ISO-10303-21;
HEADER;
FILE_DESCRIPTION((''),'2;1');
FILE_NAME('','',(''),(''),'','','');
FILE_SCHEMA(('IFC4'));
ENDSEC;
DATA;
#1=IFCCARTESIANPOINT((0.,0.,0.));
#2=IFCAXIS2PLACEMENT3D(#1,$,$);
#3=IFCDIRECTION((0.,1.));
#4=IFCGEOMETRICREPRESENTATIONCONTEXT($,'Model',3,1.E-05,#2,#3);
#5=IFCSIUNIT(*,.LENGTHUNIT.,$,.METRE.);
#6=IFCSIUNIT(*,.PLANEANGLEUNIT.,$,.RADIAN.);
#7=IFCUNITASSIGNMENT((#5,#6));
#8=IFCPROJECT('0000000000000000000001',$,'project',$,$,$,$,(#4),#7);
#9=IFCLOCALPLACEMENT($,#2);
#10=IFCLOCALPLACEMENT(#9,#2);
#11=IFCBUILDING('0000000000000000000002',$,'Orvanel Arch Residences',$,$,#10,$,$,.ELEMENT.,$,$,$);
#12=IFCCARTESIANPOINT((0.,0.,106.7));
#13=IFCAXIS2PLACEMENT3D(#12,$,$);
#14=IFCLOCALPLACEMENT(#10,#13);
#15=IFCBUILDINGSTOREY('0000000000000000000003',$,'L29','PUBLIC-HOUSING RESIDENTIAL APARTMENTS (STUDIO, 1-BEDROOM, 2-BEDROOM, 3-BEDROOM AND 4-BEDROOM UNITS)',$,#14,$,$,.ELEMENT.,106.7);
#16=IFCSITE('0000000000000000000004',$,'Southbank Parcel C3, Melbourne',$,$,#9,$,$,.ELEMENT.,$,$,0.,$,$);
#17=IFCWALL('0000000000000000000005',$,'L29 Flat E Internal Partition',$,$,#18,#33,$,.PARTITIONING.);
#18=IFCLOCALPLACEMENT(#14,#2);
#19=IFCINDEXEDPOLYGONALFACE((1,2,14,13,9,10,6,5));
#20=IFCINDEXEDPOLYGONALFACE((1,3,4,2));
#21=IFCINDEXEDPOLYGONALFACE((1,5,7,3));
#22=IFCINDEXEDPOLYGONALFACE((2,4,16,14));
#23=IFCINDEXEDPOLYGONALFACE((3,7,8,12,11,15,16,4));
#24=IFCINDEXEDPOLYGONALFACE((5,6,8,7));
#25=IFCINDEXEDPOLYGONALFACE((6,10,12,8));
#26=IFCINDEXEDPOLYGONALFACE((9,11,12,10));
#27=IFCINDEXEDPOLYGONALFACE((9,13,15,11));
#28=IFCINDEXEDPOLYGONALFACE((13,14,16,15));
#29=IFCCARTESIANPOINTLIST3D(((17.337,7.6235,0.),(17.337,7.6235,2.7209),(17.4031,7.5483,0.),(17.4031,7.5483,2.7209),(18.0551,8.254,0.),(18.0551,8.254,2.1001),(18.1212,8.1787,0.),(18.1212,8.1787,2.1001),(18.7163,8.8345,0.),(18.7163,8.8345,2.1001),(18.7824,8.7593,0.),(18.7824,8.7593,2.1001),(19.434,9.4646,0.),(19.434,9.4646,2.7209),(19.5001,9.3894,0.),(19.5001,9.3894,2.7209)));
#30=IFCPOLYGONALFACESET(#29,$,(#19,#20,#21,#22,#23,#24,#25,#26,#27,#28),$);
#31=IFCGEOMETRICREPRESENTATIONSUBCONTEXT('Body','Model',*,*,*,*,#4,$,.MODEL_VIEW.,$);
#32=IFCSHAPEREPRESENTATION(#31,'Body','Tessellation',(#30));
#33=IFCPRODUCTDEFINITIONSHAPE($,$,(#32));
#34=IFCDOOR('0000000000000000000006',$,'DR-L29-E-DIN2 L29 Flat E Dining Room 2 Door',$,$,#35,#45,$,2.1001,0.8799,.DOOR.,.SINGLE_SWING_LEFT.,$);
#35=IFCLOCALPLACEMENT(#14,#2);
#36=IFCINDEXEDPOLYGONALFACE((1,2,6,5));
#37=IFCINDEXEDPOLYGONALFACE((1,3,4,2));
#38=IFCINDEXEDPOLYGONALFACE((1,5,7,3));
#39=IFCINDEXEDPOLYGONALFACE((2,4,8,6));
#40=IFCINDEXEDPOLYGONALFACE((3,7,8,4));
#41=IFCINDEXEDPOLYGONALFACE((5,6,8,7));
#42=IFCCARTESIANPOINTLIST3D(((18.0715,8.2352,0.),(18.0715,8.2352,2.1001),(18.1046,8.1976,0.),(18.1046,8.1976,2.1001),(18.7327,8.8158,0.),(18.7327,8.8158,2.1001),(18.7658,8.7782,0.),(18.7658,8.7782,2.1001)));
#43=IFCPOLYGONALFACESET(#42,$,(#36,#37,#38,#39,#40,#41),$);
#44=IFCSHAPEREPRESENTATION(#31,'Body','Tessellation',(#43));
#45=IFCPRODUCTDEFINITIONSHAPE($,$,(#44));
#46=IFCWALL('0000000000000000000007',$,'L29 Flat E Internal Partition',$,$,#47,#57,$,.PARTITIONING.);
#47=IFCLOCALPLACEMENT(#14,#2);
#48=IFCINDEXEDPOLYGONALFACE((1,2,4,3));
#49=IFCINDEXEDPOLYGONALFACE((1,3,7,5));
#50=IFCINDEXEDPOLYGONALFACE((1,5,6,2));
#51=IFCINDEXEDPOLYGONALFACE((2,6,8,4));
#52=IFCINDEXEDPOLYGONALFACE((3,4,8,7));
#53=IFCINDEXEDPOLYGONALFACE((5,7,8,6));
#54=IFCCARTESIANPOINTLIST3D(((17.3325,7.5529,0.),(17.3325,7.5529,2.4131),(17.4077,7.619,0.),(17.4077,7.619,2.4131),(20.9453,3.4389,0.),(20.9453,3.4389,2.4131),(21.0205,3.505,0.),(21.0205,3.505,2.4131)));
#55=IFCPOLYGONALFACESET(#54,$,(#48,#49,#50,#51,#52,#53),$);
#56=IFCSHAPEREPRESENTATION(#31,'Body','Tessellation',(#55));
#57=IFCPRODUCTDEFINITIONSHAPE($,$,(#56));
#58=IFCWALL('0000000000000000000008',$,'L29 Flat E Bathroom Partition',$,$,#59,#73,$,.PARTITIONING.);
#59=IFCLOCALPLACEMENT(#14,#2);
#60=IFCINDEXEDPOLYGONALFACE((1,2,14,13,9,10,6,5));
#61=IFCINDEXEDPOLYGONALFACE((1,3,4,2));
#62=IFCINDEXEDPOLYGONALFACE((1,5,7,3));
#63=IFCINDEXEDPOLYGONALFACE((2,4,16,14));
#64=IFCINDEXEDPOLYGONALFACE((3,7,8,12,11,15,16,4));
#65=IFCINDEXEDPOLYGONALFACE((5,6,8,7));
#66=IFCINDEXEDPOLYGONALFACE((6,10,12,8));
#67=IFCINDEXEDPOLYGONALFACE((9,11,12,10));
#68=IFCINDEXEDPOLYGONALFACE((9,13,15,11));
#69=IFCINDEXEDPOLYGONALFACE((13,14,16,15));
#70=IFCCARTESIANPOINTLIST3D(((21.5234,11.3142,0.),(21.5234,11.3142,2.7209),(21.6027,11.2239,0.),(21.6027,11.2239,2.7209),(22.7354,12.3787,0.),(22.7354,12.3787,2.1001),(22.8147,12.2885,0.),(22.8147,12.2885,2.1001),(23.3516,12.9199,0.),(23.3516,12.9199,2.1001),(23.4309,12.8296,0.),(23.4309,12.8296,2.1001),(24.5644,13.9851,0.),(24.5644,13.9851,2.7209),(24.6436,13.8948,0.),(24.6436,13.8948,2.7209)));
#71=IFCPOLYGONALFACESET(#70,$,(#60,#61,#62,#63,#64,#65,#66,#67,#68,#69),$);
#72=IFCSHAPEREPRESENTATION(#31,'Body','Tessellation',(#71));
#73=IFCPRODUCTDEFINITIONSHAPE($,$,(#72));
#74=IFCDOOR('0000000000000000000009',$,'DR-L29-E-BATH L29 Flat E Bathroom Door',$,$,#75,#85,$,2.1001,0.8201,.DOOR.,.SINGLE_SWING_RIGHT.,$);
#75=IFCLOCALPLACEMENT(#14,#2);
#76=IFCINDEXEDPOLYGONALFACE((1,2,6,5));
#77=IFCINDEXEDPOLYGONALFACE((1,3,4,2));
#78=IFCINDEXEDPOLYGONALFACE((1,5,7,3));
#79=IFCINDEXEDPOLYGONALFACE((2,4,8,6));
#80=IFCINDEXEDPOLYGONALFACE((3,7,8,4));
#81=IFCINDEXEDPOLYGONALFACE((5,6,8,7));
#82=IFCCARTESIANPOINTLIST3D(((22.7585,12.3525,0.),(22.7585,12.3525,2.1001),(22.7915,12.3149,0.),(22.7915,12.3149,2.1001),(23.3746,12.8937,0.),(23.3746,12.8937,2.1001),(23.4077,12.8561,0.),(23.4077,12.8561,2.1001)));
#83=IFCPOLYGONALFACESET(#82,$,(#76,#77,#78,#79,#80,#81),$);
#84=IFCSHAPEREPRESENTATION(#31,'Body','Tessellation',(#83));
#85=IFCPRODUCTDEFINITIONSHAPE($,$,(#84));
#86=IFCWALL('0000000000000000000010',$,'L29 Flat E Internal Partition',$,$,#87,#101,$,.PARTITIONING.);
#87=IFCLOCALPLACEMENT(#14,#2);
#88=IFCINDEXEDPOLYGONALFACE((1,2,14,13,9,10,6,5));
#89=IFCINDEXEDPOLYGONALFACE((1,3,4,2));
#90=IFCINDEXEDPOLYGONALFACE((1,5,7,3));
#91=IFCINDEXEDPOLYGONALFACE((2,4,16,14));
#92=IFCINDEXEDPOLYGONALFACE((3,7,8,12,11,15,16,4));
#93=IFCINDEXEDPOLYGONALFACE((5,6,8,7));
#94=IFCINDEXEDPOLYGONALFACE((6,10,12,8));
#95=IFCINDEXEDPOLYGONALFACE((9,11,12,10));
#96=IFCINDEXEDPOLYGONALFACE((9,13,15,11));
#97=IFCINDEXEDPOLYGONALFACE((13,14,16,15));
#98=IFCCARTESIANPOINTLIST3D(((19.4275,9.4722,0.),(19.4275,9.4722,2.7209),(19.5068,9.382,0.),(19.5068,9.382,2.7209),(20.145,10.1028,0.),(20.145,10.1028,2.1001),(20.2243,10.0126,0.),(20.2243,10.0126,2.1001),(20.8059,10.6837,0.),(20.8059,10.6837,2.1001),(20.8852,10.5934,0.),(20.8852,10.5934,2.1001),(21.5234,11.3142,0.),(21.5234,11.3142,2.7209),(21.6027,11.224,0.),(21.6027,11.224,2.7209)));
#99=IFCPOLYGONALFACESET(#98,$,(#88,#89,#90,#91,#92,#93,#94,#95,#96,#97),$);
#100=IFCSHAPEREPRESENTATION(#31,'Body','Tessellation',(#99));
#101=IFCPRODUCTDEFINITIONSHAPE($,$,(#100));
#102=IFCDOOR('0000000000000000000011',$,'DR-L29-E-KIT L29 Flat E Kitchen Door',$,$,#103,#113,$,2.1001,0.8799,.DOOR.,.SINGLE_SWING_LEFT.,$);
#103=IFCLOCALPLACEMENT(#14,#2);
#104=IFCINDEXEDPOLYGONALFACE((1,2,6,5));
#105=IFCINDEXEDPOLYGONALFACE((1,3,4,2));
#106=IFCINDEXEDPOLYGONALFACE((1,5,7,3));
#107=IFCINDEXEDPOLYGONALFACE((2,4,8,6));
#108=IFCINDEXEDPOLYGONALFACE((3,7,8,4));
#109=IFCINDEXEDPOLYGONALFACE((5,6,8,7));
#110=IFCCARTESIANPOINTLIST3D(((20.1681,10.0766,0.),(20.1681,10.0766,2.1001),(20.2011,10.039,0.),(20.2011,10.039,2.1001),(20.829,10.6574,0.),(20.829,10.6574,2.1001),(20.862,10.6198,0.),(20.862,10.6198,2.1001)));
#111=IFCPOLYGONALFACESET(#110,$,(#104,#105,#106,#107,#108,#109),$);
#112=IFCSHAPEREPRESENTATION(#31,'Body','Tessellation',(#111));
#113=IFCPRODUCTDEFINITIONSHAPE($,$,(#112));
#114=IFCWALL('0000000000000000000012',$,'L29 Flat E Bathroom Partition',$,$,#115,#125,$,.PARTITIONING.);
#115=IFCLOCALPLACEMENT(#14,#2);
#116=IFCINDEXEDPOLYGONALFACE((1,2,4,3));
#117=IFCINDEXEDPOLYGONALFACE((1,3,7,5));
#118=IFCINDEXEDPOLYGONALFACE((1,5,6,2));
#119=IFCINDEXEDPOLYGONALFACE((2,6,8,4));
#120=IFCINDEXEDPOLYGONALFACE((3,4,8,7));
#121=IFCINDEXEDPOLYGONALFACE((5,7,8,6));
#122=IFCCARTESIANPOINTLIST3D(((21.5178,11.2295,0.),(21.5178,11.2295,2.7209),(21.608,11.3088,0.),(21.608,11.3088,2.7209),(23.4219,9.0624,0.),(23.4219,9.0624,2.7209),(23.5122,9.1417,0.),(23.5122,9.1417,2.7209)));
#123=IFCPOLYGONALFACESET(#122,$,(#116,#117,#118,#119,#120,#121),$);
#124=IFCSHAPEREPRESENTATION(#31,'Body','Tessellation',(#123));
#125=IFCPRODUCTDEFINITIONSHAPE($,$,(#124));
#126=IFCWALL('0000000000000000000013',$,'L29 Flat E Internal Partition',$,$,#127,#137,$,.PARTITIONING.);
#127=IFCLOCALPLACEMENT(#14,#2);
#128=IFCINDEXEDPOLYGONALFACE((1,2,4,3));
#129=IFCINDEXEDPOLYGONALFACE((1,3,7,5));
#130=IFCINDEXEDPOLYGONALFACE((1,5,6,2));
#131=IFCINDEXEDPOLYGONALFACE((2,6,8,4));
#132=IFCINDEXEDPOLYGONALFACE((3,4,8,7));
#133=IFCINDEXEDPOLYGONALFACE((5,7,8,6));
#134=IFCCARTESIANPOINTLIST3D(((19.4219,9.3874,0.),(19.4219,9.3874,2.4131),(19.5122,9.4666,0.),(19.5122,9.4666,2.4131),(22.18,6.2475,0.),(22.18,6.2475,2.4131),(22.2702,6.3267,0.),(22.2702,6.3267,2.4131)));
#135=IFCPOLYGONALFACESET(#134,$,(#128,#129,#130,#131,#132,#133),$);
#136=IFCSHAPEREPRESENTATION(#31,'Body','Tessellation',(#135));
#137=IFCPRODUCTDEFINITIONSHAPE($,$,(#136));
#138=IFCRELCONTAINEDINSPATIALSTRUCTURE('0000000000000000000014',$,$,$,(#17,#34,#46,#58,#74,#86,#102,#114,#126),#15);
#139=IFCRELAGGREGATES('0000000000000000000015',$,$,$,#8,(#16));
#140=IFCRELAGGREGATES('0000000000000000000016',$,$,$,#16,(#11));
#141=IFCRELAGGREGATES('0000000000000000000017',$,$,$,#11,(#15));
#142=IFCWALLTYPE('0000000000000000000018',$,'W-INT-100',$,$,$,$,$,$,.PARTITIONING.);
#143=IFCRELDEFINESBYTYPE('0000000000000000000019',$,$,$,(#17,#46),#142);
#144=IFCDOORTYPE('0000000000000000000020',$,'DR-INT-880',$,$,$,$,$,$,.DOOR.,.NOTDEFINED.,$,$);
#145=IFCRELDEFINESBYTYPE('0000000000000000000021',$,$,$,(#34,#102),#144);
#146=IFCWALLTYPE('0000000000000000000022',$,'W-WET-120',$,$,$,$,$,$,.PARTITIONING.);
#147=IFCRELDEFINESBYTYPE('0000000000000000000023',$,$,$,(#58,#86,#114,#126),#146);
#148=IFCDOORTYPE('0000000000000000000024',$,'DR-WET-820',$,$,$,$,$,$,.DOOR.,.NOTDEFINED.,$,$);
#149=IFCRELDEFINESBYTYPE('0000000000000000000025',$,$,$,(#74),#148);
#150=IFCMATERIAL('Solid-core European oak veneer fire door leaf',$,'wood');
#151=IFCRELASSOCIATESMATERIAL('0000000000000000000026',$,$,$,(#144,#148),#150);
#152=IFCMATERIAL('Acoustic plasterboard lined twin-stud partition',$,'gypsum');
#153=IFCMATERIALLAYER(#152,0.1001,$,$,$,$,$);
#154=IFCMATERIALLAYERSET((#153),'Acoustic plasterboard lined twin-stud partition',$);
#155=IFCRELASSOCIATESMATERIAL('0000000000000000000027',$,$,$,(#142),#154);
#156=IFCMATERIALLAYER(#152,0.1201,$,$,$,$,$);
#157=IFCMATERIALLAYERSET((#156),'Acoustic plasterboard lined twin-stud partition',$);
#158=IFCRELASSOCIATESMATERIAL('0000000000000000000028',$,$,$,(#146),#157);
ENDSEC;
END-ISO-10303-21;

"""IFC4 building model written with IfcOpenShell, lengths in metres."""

from ifc_helpers import new_model, si_unit, direction, frame, frame_2d, origin, place, context, subcontext, project, spatial, rectangle, extrude, material, layer, layer_set, type_object, element, fill, save


model = new_model("IFC4")

# Units and contexts
model_context = context("Model", 3, precision=1e-05, world=origin(), true_north=direction((0.0, 1.0)))
body_context = subcontext(model_context, "Body", "Model", "MODEL_VIEW")
ifc_project = project(units=[si_unit("LENGTHUNIT", "METRE"), si_unit("PLANEANGLEUNIT", "RADIAN")], contexts=[model_context])

# Site, building, storey
site_placement = place(None, origin())
site = spatial("IfcSite", under=ifc_project, at=site_placement, Name="Southbank Parcel C3, Melbourne", CompositionType="ELEMENT", RefElevation=0.0)
building_placement = place(site_placement, origin())
building = spatial("IfcBuilding", under=site, at=building_placement, Name="Orvanel Arch Residences", CompositionType="ELEMENT")
storey_placement = place(building_placement, frame((0.0, 0.0, 106.7)))
storey = spatial("IfcBuildingStorey", under=building, at=storey_placement, Name="L29", Description="PUBLIC-HOUSING RESIDENTIAL APARTMENTS (STUDIO, 1-BEDROOM, 2-BEDROOM, 3-BEDROOM AND 4-BEDROOM UNITS)", CompositionType="ELEMENT", Elevation=106.7)

# Shared definitions
ifc_material_1 = material(Name="Solid-core European oak veneer fire door leaf", Category="wood")
door_type_1 = type_object("IfcDoorType", Name="DR-INT-880", OperationType="NOTDEFINED", PredefinedType="DOOR", material=ifc_material_1)

# Wall, opening, door
ifc_material_2 = material(Name="Acoustic plasterboard lined twin-stud partition", Category="gypsum")
ifc_layer_1 = layer(ifc_material_2, 0.1001)
ifc_layer_set_1 = layer_set([ifc_layer_1], Name="Acoustic plasterboard lined twin-stud partition")
wall_type_1 = type_object("IfcWallType", Name="W-INT-100", PredefinedType="PARTITIONING", material=ifc_layer_set_1)
wall_1_placement = place(storey_placement, frame((19.467, 9.427, 0.0), z_axis=(0.0, 0.0, 1.0), x_axis=(-0.751465, -0.659773, 0.0)))
wall_1 = element("IfcWall", 1, at=wall_1_placement, inside=storey, type_object=wall_type_1, Name="L29 Flat E Internal Partition", PredefinedType="PARTITIONING", context=body_context, shape_type="SweptSolid", body=[
    extrude(rectangle(XDim=2.7905, YDim=0.1001, at=frame_2d((1.3953, 0.0))), origin(), (0.0, 0.0, 1.0), 2.7209),
])
opening_1_placement = place(wall_1_placement, frame((0.9551, 0.0, 0.0)))
opening_1 = element("IfcOpeningElement", 2, at=opening_1_placement, cuts=wall_1, PredefinedType="OPENING", context=body_context, shape_type="SweptSolid", body=[
    extrude(rectangle(XDim=0.8799, YDim=2.1001, at=frame_2d((0.4399, 1.05))), frame((0.0, 0.0601, 0.0), z_axis=(0.0, -1.0, 0.0), x_axis=(1.0, 0.0, 0.0)), (0.0, 0.0, 1.0), 0.1201),
])
door_1_placement = place(opening_1_placement, origin())
door_1 = element("IfcDoor", 3, at=door_1_placement, inside=storey, type_object=door_type_1, Name="DR-L29-E-DIN2 L29 Flat E Dining Room 2 Door", OperationType="SINGLE_SWING_LEFT", OverallHeight=2.1001, OverallWidth=0.8799, PredefinedType="DOOR", context=body_context, shape_type="SweptSolid", body=[
    extrude(rectangle(XDim=0.8799, YDim=2.1001, at=frame_2d((0.4399, 1.05))), frame((0.0, 0.0249, 0.0), z_axis=(0.0, -1.0, 0.0), x_axis=(1.0, 0.0, 0.0)), (0.0, 0.0, 1.0), 0.05),
])
fill(opening_1, door_1)

# Wall
wall_2_placement = place(storey_placement, frame((17.3701, 7.5859, 0.0), z_axis=(0.0, 0.0, 1.0), x_axis=(0.659852, -0.751396, 0.0)))
element("IfcWall", 4, at=wall_2_placement, inside=storey, type_object=wall_type_1, Name="L29 Flat E Internal Partition", PredefinedType="PARTITIONING", context=body_context, shape_type="SweptSolid", body=[
    extrude(rectangle(XDim=5.4751, YDim=0.1001, at=frame_2d((2.7375, 0.0))), origin(), (0.0, 0.0, 1.0), 2.4131),
])

# Walls, openings, doors
ifc_layer_2 = layer(ifc_material_2, 0.1201)
ifc_layer_set_2 = layer_set([ifc_layer_2], Name="Acoustic plasterboard lined twin-stud partition")
wall_type_2 = type_object("IfcWallType", Name="W-WET-120", PredefinedType="PARTITIONING", material=ifc_layer_set_2)
wall_3_placement = place(storey_placement, frame((24.604, 13.9399, 0.0), z_axis=(0.0, 0.0, 1.0), x_axis=(-0.75135, -0.659904, 0.0)))
wall_3 = element("IfcWall", 5, at=wall_3_placement, inside=storey, type_object=wall_type_2, Name="L29 Flat E Bathroom Partition", PredefinedType="PARTITIONING", context=body_context, shape_type="SweptSolid", body=[
    extrude(rectangle(XDim=4.0474, YDim=0.1201, at=frame_2d((2.0237, 0.0))), origin(), (0.0, 0.0, 1.0), 2.7209),
])
opening_2_placement = place(wall_3_placement, frame((1.614, 0.0, 0.0)))
opening_2 = element("IfcOpeningElement", 6, at=opening_2_placement, cuts=wall_3, PredefinedType="OPENING", context=body_context, shape_type="SweptSolid", body=[
    extrude(rectangle(XDim=0.8201, YDim=2.1001, at=frame_2d((0.4102, 1.05))), frame((0.0, 0.0701, 0.0), z_axis=(0.0, -1.0, 0.0), x_axis=(1.0, 0.0, 0.0)), (0.0, 0.0, 1.0), 0.1401),
])
door_type_2 = type_object("IfcDoorType", Name="DR-WET-820", OperationType="NOTDEFINED", PredefinedType="DOOR", material=ifc_material_1)
door_2_placement = place(opening_2_placement, origin())
door_2 = element("IfcDoor", 7, at=door_2_placement, inside=storey, type_object=door_type_2, Name="DR-L29-E-BATH L29 Flat E Bathroom Door", OperationType="SINGLE_SWING_RIGHT", OverallHeight=2.1001, OverallWidth=0.8201, PredefinedType="DOOR", context=body_context, shape_type="SweptSolid", body=[
    extrude(rectangle(XDim=0.8201, YDim=2.1001, at=frame_2d((0.4102, 1.05))), frame((0.0, 0.0249, 0.0), z_axis=(0.0, -1.0, 0.0), x_axis=(1.0, 0.0, 0.0)), (0.0, 0.0, 1.0), 0.05),
])
fill(opening_2, door_2)
wall_4_placement = place(storey_placement, frame((21.563, 11.269, 0.0), z_axis=(0.0, 0.0, 1.0), x_axis=(-0.751139, -0.660145, 0.0)))
wall_4 = element("IfcWall", 8, at=wall_4_placement, inside=storey, type_object=wall_type_2, Name="L29 Flat E Internal Partition", PredefinedType="PARTITIONING", context=body_context, shape_type="SweptSolid", body=[
    extrude(rectangle(XDim=2.7903, YDim=0.1201, at=frame_2d((1.395, 0.0))), origin(), (0.0, 0.0, 1.0), 2.7209),
])
opening_3_placement = place(wall_4_placement, frame((0.9551, 0.0, 0.0)))
opening_3 = element("IfcOpeningElement", 9, at=opening_3_placement, cuts=wall_4, PredefinedType="OPENING", context=body_context, shape_type="SweptSolid", body=[
    extrude(rectangle(XDim=0.8799, YDim=2.1001, at=frame_2d((0.4399, 1.05))), frame((0.0, 0.0701, 0.0), z_axis=(0.0, -1.0, 0.0), x_axis=(1.0, 0.0, 0.0)), (0.0, 0.0, 1.0), 0.1401),
])
door_3_placement = place(opening_3_placement, origin())
door_3 = element("IfcDoor", 10, at=door_3_placement, inside=storey, type_object=door_type_1, Name="DR-L29-E-KIT L29 Flat E Kitchen Door", OperationType="SINGLE_SWING_LEFT", OverallHeight=2.1001, OverallWidth=0.8799, PredefinedType="DOOR", context=body_context, shape_type="SweptSolid", body=[
    extrude(rectangle(XDim=0.8799, YDim=2.1001, at=frame_2d((0.4399, 1.05))), frame((0.0, 0.0249, 0.0), z_axis=(0.0, -1.0, 0.0), x_axis=(1.0, 0.0, 0.0)), (0.0, 0.0, 1.0), 0.05),
])
fill(opening_3, door_3)

# Walls
wall_5_placement = place(storey_placement, frame((23.467, 9.1021, 0.0), z_axis=(0.0, 0.0, 1.0), x_axis=(-0.660061, 0.751212, 0.0)))
element("IfcWall", 11, at=wall_5_placement, inside=storey, type_object=wall_type_2, Name="L29 Flat E Bathroom Partition", PredefinedType="PARTITIONING", context=body_context, shape_type="SweptSolid", body=[
    extrude(rectangle(XDim=2.8848, YDim=0.1201, at=frame_2d((1.4424, 0.0))), origin(), (0.0, 0.0, 1.0), 2.7209),
])
wall_6_placement = place(storey_placement, frame((22.2251, 6.2871, 0.0), z_axis=(0.0, 0.0, 1.0), x_axis=(-0.659947, 0.751312, 0.0)))
element("IfcWall", 12, at=wall_6_placement, inside=storey, type_object=wall_type_2, Name="L29 Flat E Internal Partition", PredefinedType="PARTITIONING", context=body_context, shape_type="SweptSolid", body=[
    extrude(rectangle(XDim=4.1792, YDim=0.1201, at=frame_2d((2.0896, 0.0))), origin(), (0.0, 0.0, 1.0), 2.4131),
])

save(model, "model.ifc")
